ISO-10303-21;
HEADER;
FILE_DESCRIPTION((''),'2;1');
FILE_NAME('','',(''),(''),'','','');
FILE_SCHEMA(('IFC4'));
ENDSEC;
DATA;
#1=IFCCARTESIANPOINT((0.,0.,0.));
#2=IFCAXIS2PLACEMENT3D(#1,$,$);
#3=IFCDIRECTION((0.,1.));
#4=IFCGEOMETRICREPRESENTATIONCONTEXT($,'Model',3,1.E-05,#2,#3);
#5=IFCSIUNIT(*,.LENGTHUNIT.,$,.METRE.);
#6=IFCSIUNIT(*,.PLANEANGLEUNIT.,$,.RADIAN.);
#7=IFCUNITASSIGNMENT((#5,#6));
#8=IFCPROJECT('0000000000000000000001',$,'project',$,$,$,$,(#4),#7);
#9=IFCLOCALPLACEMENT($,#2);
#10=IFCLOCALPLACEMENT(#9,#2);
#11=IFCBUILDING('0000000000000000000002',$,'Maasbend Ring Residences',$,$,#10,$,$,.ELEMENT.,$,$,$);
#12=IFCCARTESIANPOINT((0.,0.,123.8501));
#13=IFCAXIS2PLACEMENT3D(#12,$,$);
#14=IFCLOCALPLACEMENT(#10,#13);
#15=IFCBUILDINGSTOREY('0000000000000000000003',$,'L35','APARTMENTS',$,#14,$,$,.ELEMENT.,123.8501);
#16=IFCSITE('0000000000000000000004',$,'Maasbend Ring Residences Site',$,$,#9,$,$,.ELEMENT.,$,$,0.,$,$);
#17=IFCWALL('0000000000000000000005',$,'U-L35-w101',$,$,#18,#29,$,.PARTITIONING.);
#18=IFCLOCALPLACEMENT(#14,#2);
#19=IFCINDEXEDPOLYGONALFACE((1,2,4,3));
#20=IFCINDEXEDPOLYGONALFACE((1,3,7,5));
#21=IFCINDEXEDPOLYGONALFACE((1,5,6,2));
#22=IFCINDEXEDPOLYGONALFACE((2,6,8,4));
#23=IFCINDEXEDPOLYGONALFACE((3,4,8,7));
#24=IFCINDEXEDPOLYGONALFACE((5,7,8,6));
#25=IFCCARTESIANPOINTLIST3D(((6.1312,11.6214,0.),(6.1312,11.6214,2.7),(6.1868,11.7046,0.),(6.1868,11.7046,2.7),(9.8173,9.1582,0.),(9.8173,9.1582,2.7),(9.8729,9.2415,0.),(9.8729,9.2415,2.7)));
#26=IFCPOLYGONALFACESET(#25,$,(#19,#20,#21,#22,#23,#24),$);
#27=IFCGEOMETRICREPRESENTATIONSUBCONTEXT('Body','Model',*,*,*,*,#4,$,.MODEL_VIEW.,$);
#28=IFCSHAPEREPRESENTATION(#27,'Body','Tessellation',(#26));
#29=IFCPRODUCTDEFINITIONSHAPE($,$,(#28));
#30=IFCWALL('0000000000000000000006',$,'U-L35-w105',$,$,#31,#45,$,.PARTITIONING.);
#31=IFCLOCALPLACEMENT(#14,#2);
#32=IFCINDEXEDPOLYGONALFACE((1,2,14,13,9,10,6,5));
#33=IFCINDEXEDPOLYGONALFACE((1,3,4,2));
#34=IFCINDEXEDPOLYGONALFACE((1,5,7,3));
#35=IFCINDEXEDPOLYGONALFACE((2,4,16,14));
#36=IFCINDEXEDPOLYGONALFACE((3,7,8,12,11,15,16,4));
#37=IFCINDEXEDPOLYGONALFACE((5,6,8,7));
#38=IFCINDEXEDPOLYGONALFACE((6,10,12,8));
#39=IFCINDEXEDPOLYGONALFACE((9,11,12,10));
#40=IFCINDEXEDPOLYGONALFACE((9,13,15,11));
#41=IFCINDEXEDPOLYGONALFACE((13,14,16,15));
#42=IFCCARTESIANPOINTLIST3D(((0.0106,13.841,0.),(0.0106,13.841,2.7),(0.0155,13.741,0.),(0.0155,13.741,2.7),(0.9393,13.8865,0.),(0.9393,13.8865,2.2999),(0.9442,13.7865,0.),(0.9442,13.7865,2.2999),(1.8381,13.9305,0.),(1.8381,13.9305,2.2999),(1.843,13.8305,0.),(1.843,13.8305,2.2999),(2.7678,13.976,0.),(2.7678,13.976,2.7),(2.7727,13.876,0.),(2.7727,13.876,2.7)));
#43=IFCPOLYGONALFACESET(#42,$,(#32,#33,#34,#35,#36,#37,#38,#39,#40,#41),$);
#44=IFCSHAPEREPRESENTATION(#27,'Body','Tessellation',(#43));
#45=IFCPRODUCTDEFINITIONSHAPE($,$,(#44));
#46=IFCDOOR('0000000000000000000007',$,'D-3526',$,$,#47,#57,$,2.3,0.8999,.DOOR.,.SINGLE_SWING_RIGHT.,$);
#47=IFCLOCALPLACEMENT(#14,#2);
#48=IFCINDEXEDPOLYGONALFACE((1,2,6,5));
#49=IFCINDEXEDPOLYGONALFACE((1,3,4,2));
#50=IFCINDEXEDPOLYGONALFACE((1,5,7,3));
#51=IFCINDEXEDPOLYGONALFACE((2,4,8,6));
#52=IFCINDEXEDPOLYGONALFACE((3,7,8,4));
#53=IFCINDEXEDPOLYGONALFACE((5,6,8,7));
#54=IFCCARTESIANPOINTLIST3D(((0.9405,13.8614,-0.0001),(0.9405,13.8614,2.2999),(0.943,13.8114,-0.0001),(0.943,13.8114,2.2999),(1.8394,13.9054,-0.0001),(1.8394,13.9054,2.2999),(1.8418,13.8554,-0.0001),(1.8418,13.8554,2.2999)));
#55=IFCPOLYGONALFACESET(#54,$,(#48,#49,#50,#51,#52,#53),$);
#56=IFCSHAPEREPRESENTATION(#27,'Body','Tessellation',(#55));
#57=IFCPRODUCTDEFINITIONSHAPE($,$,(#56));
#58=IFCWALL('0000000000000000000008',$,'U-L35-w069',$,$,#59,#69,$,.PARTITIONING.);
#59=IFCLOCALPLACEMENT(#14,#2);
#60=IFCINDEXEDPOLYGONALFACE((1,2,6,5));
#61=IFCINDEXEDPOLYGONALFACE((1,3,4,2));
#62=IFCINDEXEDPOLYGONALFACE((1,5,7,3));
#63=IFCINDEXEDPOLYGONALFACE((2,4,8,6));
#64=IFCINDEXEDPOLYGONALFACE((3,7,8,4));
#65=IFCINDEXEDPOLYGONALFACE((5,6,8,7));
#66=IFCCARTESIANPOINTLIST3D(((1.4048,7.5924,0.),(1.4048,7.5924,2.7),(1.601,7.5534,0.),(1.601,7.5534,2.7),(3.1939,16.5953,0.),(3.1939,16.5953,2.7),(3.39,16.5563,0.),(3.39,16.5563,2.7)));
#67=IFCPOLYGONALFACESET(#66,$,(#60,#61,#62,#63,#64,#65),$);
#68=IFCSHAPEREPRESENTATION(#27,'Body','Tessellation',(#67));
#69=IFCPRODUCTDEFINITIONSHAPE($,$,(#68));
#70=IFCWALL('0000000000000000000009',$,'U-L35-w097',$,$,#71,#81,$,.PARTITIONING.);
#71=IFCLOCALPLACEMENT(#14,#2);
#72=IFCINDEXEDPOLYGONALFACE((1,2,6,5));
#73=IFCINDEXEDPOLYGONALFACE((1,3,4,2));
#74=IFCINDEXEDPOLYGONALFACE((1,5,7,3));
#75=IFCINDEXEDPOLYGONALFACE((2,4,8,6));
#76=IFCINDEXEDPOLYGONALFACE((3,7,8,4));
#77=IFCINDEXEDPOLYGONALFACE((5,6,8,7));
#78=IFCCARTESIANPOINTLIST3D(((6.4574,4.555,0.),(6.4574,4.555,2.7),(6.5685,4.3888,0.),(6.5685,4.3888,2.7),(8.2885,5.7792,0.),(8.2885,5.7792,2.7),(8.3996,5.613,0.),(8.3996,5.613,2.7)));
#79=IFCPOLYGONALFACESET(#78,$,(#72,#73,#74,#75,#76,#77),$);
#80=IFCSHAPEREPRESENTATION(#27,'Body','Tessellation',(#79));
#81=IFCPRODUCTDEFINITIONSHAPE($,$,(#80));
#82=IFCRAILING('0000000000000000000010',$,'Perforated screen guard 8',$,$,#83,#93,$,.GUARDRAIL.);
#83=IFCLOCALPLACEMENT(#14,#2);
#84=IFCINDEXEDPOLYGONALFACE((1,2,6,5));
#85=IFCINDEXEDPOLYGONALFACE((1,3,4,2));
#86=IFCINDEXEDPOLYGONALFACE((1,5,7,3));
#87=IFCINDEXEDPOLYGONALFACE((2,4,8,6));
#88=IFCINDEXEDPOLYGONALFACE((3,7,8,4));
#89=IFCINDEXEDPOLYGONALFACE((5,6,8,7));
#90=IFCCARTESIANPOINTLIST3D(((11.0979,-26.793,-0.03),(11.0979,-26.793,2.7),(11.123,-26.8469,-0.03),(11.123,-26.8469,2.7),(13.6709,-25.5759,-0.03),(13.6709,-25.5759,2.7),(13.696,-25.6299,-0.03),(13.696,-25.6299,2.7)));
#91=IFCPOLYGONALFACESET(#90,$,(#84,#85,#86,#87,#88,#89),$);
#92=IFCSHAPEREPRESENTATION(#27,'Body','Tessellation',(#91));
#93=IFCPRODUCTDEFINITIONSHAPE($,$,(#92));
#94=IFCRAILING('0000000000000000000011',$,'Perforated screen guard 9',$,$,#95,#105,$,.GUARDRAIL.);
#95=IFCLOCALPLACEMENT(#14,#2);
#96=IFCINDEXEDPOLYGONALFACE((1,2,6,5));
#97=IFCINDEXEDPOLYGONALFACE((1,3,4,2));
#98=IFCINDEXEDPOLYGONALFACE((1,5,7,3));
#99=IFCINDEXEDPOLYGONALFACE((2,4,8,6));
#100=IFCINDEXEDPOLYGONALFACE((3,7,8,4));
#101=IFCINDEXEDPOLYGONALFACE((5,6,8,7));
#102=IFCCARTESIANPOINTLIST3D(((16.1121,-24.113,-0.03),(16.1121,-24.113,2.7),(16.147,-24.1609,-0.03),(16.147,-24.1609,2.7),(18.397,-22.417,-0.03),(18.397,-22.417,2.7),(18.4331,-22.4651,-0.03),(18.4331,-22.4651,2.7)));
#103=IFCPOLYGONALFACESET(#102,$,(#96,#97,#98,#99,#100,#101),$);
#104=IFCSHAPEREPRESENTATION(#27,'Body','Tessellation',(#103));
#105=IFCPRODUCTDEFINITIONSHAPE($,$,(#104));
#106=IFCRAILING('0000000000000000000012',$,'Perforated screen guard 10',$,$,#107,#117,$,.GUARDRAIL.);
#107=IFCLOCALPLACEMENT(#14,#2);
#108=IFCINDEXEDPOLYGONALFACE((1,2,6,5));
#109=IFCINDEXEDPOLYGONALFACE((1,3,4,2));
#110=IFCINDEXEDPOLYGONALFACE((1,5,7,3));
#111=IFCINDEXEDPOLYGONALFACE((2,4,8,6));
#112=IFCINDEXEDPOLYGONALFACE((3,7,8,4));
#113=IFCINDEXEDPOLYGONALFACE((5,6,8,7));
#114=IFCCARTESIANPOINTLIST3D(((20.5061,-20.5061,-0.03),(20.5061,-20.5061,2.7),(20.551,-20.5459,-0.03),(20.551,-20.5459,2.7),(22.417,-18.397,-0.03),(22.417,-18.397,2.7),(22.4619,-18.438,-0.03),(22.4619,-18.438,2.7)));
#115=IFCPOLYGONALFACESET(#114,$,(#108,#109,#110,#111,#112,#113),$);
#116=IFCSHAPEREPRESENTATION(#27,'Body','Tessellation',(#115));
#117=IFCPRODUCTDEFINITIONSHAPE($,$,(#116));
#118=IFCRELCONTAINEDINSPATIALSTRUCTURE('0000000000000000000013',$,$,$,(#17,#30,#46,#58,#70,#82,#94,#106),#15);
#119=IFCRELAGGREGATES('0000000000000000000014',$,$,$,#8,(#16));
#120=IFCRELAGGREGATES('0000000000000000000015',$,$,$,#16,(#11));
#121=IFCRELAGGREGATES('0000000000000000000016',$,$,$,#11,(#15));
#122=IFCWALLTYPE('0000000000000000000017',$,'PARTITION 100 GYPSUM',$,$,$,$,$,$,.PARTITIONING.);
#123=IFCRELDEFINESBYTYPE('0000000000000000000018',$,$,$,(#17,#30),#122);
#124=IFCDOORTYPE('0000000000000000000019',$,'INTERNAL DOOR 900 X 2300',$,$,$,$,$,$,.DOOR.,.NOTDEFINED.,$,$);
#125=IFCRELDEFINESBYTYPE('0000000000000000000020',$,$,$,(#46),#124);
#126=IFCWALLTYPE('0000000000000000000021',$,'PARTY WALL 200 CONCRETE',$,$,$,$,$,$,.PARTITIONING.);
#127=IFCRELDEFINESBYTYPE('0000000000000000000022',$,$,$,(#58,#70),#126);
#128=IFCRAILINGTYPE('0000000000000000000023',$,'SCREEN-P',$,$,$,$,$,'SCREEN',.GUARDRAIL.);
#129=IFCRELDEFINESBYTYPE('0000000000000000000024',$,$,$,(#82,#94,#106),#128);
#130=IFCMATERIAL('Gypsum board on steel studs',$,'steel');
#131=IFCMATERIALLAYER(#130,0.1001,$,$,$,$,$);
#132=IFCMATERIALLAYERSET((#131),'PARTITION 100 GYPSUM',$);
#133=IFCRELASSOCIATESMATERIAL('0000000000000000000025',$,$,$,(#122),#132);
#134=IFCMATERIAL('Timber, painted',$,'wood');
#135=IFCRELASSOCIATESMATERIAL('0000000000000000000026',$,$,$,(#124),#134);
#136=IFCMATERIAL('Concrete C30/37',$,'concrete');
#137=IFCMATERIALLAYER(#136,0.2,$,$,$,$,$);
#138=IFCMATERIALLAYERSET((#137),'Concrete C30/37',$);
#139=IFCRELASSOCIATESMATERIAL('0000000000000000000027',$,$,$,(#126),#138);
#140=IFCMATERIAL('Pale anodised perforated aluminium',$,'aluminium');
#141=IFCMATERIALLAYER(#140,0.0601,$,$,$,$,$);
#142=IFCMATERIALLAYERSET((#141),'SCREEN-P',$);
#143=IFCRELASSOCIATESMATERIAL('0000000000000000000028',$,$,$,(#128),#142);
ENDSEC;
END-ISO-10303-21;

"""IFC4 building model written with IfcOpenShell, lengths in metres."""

from ifc_helpers import new_model, si_unit, direction, frame, frame_2d, origin, place, context, subcontext, project, spatial, polyline, rectangle, outline, extrude, material, layer, layer_set, type_object, element, fill, save


model = new_model("IFC4")

# Units and contexts
model_context = context("Model", 3, precision=1e-05, world=origin(), true_north=direction((0.0, 1.0)))
body_context = subcontext(model_context, "Body", "Model", "MODEL_VIEW")
ifc_project = project(units=[si_unit("LENGTHUNIT", "METRE"), si_unit("PLANEANGLEUNIT", "RADIAN")], contexts=[model_context])

# Site, building, storey
site_placement = place(None, origin())
site = spatial("IfcSite", under=ifc_project, at=site_placement, Name="Maasbend Ring Residences Site", CompositionType="ELEMENT", RefElevation=0.0)
building_placement = place(site_placement, origin())
building = spatial("IfcBuilding", under=site, at=building_placement, Name="Maasbend Ring Residences", CompositionType="ELEMENT")
storey_placement = place(building_placement, frame((0.0, 0.0, 123.8501)))
storey = spatial("IfcBuildingStorey", under=building, at=storey_placement, Name="L35", Description="APARTMENTS", CompositionType="ELEMENT", Elevation=123.8501)

# Shared definitions
ifc_material_1 = material(Name="Gypsum board on steel studs", Category="steel")
ifc_layer_1 = layer(ifc_material_1, 0.1001)
ifc_layer_set_1 = layer_set([ifc_layer_1], Name="PARTITION 100 GYPSUM")
wall_type_1 = type_object("IfcWallType", Name="PARTITION 100 GYPSUM", PredefinedType="PARTITIONING", material=ifc_layer_set_1)

# Shared definitions
ifc_material_2 = material(Name="Timber, painted", Category="wood")
door_type = type_object("IfcDoorType", Name="INTERNAL DOOR 900 X 2300", OperationType="NOTDEFINED", PredefinedType="DOOR", material=ifc_material_2)

# Wall
wall_1_placement = place(storey_placement, frame((6.1589, 11.6631, 0.0), z_axis=(0.0, 0.0, 1.0), x_axis=(0.831448, -0.555602, 0.0)))
element("IfcWall", 1, at=wall_1_placement, inside=storey, type_object=wall_type_1, Name="U-L35-w101", PredefinedType="PARTITIONING", context=body_context, shape_type="SweptSolid", body=[
    extrude(rectangle(XDim=4.4333, YDim=0.1001, at=frame_2d((2.2168, 0.0))), origin(), (0.0, 0.0, 1.0), 2.7),
])

# Wall, opening, door
wall_2_placement = place(storey_placement, frame((0.0129, 13.791, 0.0), z_axis=(0.0, 0.0, 1.0), x_axis=(0.998803, 0.04891, 0.0)))
wall_2 = element("IfcWall", 2, at=wall_2_placement, inside=storey, type_object=wall_type_1, Name="U-L35-w105", PredefinedType="PARTITIONING", context=body_context, shape_type="SweptSolid", body=[
    extrude(rectangle(XDim=2.7605, YDim=0.1001, at=frame_2d((1.3804, 0.0))), origin(), (0.0, 0.0, 1.0), 2.7),
])
opening_1_placement = place(wall_2_placement, frame((0.9299, 0.0, 0.0)))
opening_1 = element("IfcOpeningElement", 3, at=opening_1_placement, cuts=wall_2, PredefinedType="OPENING", context=body_context, shape_type="SweptSolid", body=[
    extrude(rectangle(XDim=0.8999, YDim=2.3, at=frame_2d((0.45, 1.1499))), frame((0.0, 0.0601, 0.0), z_axis=(0.0, -1.0, 0.0), x_axis=(1.0, 0.0, 0.0)), (0.0, 0.0, 1.0), 0.1201),
])
door_1_placement = place(opening_1_placement, origin())
door_1 = element("IfcDoor", 4, at=door_1_placement, inside=storey, type_object=door_type, Name="D-3526", OperationType="SINGLE_SWING_RIGHT", OverallHeight=2.3, OverallWidth=0.8999, PredefinedType="DOOR", context=body_context, shape_type="SweptSolid", body=[
    extrude(rectangle(XDim=0.8999, YDim=2.3, at=frame_2d((0.45, 1.1499))), frame((0.0, 0.0249, 0.0), z_axis=(0.0, -1.0, 0.0), x_axis=(1.0, 0.0, 0.0)), (0.0, 0.0, 1.0), 0.05),
])
fill(opening_1, door_1)

# Walls
ifc_material_3 = material(Name="Concrete C30/37", Category="concrete")
ifc_layer_2 = layer(ifc_material_3, 0.2)
ifc_layer_set_2 = layer_set([ifc_layer_2], Name="Concrete C30/37")
wall_type_2 = type_object("IfcWallType", Name="PARTY WALL 200 CONCRETE", PredefinedType="PARTITIONING", material=ifc_layer_set_2)
wall_3_placement = place(storey_placement, frame((1.5029, 7.573, 0.0), z_axis=(0.0, 0.0, 1.0), x_axis=(0.194909, 0.980821, 0.0)))
element("IfcWall", 5, at=wall_3_placement, inside=storey, type_object=wall_type_2, Name="U-L35-w069", PredefinedType="PARTITIONING", context=body_context, shape_type="SweptSolid", body=[
    extrude(rectangle(XDim=9.179, YDim=0.2, at=frame_2d((4.5894, 0.0))), origin(), (0.0, 0.0, 1.0), 2.7),
])
wall_4_placement = place(storey_placement, frame((6.5129, 4.4719, 0.0), z_axis=(0.0, 0.0, 1.0), x_axis=(0.831333, 0.555774, 0.0)))
element("IfcWall", 6, at=wall_4_placement, inside=storey, type_object=wall_type_2, Name="U-L35-w097", PredefinedType="PARTITIONING", context=body_context, shape_type="SweptSolid", body=[
    extrude(rectangle(XDim=2.2026, YDim=0.2, at=frame_2d((1.1013, 0.0))), origin(), (0.0, 0.0, 1.0), 2.7),
])

# Railings
ifc_material_4 = material(Name="Pale anodised perforated aluminium", Category="aluminium")
ifc_layer_3 = layer(ifc_material_4, 0.0601)
ifc_layer_set_3 = layer_set([ifc_layer_3], Name="SCREEN-P")
railing_type = type_object("IfcRailingType", Name="SCREEN-P", ElementType="SCREEN", PredefinedType="GUARDRAIL", material=ifc_layer_set_3)
railing_1_placement = place(storey_placement, frame((0.0, 0.0, -0.03)))
element("IfcRailing", 7, at=railing_1_placement, inside=storey, type_object=railing_type, Name="Perforated screen guard 8", PredefinedType="GUARDRAIL", context=body_context, shape_type="SweptSolid", body=[
    extrude(outline(polyline([(11.0979, -26.793), (13.6709, -25.5759), (13.696, -25.6299), (11.123, -26.8469), (11.0979, -26.793)])), origin(), (0.0, 0.0, 1.0), 2.73),
])
railing_2_placement = place(storey_placement, frame((0.0, 0.0, -0.03)))
element("IfcRailing", 8, at=railing_2_placement, inside=storey, type_object=railing_type, Name="Perforated screen guard 9", PredefinedType="GUARDRAIL", context=body_context, shape_type="SweptSolid", body=[
    extrude(outline(polyline([(16.1121, -24.113), (18.397, -22.417), (18.4331, -22.4651), (16.147, -24.1609), (16.1121, -24.113)])), origin(), (0.0, 0.0, 1.0), 2.73),
])
railing_3_placement = place(storey_placement, frame((0.0, 0.0, -0.03)))
element("IfcRailing", 9, at=railing_3_placement, inside=storey, type_object=railing_type, Name="Perforated screen guard 10", PredefinedType="GUARDRAIL", context=body_context, shape_type="SweptSolid", body=[
    extrude(outline(polyline([(20.5061, -20.5061), (22.417, -18.397), (22.4619, -18.438), (20.551, -20.5459), (20.5061, -20.5061)])), origin(), (0.0, 0.0, 1.0), 2.73),
])

save(model, "model.ifc")
